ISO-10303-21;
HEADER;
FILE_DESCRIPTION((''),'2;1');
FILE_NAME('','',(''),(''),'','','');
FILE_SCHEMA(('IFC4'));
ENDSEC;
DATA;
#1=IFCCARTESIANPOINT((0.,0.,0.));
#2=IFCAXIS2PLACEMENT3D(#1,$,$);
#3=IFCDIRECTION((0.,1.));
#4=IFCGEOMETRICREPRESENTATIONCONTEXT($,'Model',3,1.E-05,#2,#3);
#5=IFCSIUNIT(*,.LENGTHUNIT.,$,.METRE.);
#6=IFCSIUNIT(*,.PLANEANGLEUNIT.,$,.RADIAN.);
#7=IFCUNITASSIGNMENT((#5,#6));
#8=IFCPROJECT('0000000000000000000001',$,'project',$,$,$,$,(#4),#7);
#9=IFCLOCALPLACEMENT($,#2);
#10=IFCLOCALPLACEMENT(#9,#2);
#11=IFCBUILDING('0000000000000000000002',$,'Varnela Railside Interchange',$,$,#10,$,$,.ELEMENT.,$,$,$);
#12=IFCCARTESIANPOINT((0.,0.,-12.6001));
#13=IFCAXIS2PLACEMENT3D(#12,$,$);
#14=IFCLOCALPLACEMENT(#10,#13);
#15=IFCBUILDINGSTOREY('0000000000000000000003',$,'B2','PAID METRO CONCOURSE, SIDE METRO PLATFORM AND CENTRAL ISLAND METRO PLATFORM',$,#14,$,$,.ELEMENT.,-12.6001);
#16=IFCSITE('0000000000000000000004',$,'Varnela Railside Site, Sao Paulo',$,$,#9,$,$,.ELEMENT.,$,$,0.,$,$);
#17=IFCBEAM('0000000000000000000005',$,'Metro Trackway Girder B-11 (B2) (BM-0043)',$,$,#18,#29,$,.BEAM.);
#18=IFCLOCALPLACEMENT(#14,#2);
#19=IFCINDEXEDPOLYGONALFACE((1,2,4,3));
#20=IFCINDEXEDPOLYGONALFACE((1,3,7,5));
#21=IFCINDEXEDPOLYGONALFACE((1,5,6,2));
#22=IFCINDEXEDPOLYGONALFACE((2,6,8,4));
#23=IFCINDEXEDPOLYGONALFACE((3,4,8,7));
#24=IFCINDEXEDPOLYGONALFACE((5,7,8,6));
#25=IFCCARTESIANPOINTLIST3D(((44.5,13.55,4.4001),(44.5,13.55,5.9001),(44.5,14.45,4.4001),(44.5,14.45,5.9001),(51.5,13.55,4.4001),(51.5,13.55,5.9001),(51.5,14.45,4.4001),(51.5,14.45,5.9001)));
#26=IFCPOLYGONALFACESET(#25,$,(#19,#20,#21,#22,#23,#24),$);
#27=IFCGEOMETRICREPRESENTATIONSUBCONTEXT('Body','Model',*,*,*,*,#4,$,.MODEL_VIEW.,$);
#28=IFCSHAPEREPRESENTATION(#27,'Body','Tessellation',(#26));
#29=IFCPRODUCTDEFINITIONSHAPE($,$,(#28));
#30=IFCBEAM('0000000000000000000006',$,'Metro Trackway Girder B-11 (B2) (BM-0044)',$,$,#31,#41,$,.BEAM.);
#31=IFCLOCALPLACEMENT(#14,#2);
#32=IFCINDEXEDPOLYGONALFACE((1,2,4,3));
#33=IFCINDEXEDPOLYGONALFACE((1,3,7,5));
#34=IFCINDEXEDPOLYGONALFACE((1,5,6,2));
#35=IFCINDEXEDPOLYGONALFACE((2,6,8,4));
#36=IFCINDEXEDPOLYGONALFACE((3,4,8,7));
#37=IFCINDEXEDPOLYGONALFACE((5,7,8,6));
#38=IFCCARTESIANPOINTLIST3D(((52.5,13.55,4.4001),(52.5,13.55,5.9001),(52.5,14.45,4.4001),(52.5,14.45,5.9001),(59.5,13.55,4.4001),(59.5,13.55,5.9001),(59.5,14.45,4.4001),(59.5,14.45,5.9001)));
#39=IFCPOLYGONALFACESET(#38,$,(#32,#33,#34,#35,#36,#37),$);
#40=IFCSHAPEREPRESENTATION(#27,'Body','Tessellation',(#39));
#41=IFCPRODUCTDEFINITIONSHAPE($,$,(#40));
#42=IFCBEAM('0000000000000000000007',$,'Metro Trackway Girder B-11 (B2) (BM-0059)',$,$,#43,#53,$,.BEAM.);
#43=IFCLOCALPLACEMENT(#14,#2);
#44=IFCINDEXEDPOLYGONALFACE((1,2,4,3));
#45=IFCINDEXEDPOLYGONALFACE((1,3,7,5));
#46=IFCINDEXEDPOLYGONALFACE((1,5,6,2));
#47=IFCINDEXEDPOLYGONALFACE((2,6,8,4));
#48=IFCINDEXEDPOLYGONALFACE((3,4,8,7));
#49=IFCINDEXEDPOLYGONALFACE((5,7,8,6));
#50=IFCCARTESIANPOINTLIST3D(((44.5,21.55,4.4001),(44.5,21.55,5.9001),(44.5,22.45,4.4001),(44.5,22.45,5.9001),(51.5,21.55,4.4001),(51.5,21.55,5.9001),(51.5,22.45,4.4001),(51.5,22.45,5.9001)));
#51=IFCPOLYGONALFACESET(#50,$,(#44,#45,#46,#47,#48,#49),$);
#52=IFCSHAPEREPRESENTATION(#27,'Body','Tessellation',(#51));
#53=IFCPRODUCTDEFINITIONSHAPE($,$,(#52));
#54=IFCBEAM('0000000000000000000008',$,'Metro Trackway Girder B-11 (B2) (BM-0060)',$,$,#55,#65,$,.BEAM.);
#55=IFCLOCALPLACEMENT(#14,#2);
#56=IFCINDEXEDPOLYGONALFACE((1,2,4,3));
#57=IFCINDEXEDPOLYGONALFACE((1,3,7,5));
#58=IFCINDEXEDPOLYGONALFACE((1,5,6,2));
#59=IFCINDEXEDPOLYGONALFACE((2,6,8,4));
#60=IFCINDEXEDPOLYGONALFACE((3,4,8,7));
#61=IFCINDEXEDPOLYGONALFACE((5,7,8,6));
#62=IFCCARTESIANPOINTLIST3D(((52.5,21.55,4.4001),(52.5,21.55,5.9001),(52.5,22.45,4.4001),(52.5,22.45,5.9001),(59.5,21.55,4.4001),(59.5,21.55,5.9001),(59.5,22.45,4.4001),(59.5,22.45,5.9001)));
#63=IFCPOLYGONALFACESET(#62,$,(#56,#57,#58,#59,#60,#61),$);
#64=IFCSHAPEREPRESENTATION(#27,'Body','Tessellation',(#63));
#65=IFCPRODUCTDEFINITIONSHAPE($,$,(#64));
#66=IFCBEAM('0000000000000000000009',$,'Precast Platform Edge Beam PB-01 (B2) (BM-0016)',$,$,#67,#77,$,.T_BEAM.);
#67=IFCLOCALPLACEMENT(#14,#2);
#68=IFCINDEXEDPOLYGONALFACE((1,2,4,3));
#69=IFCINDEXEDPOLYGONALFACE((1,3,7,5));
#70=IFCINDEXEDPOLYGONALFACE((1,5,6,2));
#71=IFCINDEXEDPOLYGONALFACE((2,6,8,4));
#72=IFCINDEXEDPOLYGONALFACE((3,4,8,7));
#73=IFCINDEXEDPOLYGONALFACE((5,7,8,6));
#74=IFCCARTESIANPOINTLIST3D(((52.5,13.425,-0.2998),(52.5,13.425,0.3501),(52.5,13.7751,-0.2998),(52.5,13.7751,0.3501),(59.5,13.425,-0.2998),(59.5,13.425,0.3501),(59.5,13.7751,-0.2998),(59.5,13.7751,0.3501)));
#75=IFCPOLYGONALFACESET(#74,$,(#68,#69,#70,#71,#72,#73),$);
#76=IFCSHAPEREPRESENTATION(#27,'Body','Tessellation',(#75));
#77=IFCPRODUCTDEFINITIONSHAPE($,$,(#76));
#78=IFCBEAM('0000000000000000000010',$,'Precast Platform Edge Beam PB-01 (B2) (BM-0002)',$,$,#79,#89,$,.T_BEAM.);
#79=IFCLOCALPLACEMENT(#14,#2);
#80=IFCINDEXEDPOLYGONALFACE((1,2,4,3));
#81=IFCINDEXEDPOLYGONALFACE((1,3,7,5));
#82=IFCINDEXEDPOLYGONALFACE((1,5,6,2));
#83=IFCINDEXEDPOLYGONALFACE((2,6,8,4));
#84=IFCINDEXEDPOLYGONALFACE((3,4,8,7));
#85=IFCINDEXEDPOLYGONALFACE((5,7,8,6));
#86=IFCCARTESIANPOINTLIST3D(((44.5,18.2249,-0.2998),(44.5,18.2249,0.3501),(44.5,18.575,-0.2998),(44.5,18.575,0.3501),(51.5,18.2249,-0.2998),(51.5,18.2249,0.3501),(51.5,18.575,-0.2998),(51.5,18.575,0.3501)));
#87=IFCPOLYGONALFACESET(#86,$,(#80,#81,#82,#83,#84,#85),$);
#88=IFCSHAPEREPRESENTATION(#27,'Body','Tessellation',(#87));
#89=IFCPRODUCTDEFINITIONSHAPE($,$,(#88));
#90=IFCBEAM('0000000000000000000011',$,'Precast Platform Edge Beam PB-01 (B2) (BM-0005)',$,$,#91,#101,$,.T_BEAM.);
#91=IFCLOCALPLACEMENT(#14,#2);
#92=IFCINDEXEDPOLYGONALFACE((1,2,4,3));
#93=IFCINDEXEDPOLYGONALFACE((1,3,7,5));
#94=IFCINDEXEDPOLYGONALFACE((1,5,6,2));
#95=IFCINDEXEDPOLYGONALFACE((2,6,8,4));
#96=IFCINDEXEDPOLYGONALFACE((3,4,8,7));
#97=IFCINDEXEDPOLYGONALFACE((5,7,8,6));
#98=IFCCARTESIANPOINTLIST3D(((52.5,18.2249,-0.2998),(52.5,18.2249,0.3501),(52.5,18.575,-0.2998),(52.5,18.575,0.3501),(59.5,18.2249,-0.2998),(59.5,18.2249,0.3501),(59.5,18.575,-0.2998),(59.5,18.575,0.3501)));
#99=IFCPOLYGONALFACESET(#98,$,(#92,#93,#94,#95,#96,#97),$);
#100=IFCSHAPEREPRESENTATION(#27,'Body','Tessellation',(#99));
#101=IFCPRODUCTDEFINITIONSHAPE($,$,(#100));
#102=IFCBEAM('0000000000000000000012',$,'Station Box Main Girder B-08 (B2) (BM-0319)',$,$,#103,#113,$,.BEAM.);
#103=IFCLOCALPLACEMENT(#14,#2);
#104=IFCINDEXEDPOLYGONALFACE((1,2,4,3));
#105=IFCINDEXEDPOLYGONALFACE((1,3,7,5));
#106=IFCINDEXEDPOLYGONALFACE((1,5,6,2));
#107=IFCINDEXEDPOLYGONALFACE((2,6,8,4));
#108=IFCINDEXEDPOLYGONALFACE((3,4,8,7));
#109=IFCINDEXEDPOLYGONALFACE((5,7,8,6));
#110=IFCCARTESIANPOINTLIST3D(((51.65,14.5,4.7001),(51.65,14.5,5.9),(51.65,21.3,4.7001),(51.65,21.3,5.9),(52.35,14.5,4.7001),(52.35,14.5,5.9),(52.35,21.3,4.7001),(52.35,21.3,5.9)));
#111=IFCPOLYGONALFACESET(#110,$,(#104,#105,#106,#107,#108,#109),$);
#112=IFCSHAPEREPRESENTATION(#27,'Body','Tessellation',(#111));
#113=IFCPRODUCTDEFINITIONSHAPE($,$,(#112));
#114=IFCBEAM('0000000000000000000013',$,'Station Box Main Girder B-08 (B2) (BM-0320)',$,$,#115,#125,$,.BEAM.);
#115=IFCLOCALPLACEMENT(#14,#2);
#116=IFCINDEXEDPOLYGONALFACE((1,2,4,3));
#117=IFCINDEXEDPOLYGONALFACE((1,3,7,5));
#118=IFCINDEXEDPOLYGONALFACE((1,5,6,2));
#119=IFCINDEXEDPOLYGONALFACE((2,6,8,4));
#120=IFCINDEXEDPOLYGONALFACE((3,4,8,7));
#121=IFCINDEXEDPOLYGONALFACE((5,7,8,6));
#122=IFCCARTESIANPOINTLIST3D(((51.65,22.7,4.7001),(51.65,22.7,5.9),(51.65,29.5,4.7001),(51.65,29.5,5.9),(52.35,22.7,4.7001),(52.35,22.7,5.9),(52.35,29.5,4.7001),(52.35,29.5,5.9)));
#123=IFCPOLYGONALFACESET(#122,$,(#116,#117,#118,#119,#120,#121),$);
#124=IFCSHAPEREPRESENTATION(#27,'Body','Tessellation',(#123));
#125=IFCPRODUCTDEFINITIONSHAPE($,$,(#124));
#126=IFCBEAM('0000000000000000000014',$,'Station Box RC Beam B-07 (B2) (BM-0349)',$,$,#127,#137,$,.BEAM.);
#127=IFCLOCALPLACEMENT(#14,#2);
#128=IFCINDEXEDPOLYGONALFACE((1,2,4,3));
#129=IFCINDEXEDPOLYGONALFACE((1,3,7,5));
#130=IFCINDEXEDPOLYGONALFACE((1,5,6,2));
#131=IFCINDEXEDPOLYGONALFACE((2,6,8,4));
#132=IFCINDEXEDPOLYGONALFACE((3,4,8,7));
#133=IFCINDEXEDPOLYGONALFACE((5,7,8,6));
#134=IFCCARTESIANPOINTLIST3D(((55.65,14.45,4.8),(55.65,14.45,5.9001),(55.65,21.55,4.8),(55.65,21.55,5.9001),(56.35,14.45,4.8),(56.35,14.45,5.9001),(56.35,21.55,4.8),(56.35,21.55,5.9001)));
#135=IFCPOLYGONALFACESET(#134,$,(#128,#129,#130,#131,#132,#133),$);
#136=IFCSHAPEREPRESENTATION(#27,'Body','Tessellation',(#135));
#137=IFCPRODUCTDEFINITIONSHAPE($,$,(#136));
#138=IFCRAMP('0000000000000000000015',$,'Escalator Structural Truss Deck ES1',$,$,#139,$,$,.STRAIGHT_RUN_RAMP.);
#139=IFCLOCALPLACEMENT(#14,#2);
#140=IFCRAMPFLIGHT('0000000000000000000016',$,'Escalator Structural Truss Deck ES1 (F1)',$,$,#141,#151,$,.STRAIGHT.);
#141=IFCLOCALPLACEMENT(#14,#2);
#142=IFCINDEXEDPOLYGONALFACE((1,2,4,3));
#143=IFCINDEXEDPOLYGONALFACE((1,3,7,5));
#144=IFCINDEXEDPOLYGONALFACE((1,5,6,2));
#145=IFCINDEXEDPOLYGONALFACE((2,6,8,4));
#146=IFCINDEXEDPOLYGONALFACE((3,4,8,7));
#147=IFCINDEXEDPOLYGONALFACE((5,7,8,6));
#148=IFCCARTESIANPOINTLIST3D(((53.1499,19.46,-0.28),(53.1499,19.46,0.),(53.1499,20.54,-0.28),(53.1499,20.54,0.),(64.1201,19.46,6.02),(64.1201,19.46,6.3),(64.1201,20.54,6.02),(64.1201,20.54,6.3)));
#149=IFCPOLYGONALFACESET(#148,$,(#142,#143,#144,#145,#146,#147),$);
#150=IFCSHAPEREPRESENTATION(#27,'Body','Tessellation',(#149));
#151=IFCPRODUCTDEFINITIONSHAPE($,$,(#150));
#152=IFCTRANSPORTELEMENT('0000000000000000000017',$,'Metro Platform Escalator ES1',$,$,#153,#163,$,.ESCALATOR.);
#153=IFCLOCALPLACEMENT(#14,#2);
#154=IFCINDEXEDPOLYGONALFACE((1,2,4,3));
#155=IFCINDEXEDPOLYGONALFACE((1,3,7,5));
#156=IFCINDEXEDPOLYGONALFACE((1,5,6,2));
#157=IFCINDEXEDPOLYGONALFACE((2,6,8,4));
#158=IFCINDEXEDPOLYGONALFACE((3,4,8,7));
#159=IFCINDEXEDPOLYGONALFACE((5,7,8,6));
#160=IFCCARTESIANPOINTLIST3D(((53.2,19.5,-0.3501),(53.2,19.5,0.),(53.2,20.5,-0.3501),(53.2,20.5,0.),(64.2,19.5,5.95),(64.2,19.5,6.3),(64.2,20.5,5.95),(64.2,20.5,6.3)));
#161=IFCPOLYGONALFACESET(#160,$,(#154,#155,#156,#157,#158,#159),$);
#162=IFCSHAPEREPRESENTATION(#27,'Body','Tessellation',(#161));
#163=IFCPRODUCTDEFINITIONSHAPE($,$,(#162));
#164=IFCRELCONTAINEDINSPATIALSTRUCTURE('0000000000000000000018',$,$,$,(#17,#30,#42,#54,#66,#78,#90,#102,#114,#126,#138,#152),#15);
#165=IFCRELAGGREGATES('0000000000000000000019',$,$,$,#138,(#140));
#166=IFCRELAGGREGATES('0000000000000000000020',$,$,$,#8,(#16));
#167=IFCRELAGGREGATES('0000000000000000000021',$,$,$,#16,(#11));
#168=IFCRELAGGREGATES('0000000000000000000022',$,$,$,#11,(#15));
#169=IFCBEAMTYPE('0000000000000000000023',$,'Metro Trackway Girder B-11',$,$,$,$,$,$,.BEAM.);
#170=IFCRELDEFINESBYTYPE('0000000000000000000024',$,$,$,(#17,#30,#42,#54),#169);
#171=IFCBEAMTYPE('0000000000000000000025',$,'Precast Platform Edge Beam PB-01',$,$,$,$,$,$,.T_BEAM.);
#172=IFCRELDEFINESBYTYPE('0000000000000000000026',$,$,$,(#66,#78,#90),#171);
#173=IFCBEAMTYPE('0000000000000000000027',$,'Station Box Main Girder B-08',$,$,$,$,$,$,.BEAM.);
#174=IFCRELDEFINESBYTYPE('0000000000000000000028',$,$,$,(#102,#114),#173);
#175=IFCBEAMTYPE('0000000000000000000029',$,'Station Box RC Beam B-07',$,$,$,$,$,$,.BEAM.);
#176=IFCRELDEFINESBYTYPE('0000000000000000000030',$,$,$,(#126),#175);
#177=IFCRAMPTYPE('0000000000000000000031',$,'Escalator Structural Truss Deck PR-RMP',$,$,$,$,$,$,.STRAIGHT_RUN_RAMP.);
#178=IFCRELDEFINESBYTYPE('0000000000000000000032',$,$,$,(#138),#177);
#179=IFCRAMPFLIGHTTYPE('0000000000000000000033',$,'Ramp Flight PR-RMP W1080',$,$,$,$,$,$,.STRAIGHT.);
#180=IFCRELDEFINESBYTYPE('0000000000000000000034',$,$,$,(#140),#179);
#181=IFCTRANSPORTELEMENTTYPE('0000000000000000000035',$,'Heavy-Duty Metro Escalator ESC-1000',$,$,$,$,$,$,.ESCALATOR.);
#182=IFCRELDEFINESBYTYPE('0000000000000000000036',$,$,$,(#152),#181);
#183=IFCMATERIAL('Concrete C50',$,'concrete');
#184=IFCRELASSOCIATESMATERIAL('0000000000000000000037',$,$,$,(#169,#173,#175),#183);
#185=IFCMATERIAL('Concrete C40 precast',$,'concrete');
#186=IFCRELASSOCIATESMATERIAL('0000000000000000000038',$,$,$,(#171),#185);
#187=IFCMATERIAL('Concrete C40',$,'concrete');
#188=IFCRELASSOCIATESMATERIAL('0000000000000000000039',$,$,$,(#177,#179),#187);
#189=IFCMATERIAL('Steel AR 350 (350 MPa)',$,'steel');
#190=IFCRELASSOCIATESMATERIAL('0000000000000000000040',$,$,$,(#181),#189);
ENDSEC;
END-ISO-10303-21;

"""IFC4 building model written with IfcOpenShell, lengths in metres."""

from ifc_helpers import new_model, si_unit, direction, frame, origin, origin_2d, place, context, subcontext, project, spatial, polyline, rectangle, outline, extrude, material, material_profile, profile_set, type_object, element, aggregate, save


model = new_model("IFC4")

# Units and contexts
model_context = context("Model", 3, precision=1e-05, world=origin(), true_north=direction((0.0, 1.0)))
body_context = subcontext(model_context, "Body", "Model", "MODEL_VIEW")
ifc_project = project(units=[si_unit("LENGTHUNIT", "METRE"), si_unit("PLANEANGLEUNIT", "RADIAN")], contexts=[model_context])

# Site, building, storey
site_placement = place(None, origin())
site = spatial("IfcSite", under=ifc_project, at=site_placement, Name="Varnela Railside Site, Sao Paulo", CompositionType="ELEMENT", RefElevation=0.0)
building_placement = place(site_placement, origin())
building = spatial("IfcBuilding", under=site, at=building_placement, Name="Varnela Railside Interchange", CompositionType="ELEMENT")
storey_placement = place(building_placement, frame((0.0, 0.0, -12.6001)))
storey = spatial("IfcBuildingStorey", under=building, at=storey_placement, Name="B2", Description="PAID METRO CONCOURSE, SIDE METRO PLATFORM AND CENTRAL ISLAND METRO PLATFORM", CompositionType="ELEMENT", Elevation=-12.6001)

# Shared definitions
ifc_material_1 = material(Name="Concrete C40", Category="concrete")

# Shared definitions
ifc_material_2 = material(Name="Concrete C50", Category="concrete")

# Beams
ifc_material_profile_1 = material_profile(ifc_material_2, rectangle(XDim=0.8999, YDim=1.5, at=origin_2d()), Name="RC 900x1500")
ifc_profile_set_1 = profile_set([ifc_material_profile_1], Name="Concrete C50")
beam_type_1 = type_object("IfcBeamType", Name="Metro Trackway Girder B-11", PredefinedType="BEAM", material=ifc_profile_set_1)
for number, where, z_axis, x_axis, name in (
    (1, (44.5, 14.0, 5.1501), (1.0, 0.0, 0.0), (0.0, 1.0, 0.0), "Metro Trackway Girder B-11 (B2) (BM-0043)"),
    (2, (52.5, 14.0, 5.1501), (1.0, 0.0, 0.0), (0.0, 1.0, 0.0), "Metro Trackway Girder B-11 (B2) (BM-0044)"),
    (3, (44.5, 22.0, 5.1501), (1.0, 0.0, 0.0), (0.0, 1.0, 0.0), "Metro Trackway Girder B-11 (B2) (BM-0059)"),
    (4, (52.5, 22.0, 5.1501), (1.0, 0.0, 0.0), (0.0, 1.0, 0.0), "Metro Trackway Girder B-11 (B2) (BM-0060)"),
):
    element("IfcBeam", number, at=place(storey_placement, frame(where, z_axis=z_axis, x_axis=x_axis)), inside=storey, type_object=beam_type_1, Name=name, PredefinedType="BEAM", context=body_context, shape_type="SweptSolid", body=[
        extrude(rectangle(XDim=0.8999, YDim=1.5, at=origin_2d()), origin(), (0.0, 0.0, 1.0), 7.0),
    ])
ifc_material_3 = material(Name="Concrete C40 precast", Category="concrete")
ifc_material_profile_2 = material_profile(ifc_material_3, rectangle(XDim=0.3501, YDim=0.6499, at=origin_2d()), Name="PC 350x650")
ifc_profile_set_2 = profile_set([ifc_material_profile_2], Name="Concrete C40 precast")
beam_type_2 = type_object("IfcBeamType", Name="Precast Platform Edge Beam PB-01", PredefinedType="T_BEAM", material=ifc_profile_set_2)
for number, where, z_axis, x_axis, name in (
    (5, (52.5, 13.6001, 0.0251), (1.0, 0.0, 0.0), (0.0, 1.0, 0.0), "Precast Platform Edge Beam PB-01 (B2) (BM-0016)"),
    (6, (44.5, 18.3999, 0.0251), (1.0, 0.0, 0.0), (0.0, 1.0, 0.0), "Precast Platform Edge Beam PB-01 (B2) (BM-0002)"),
    (7, (52.5, 18.3999, 0.0251), (1.0, 0.0, 0.0), (0.0, 1.0, 0.0), "Precast Platform Edge Beam PB-01 (B2) (BM-0005)"),
):
    element("IfcBeam", number, at=place(storey_placement, frame(where, z_axis=z_axis, x_axis=x_axis)), inside=storey, type_object=beam_type_2, Name=name, PredefinedType="T_BEAM", context=body_context, shape_type="SweptSolid", body=[
        extrude(rectangle(XDim=0.3501, YDim=0.6499, at=origin_2d()), origin(), (0.0, 0.0, 1.0), 7.0),
    ])
ifc_material_profile_3 = material_profile(ifc_material_2, rectangle(XDim=0.7, YDim=1.2, at=origin_2d()), Name="RC 700x1200")
ifc_profile_set_3 = profile_set([ifc_material_profile_3], Name="Concrete C50")
beam_type_3 = type_object("IfcBeamType", Name="Station Box Main Girder B-08", PredefinedType="BEAM", material=ifc_profile_set_3)
for number, where, z_axis, x_axis, name in (
    (8, (52.0, 14.5, 5.3), (0.0, 1.0, 0.0), (-1.0, 0.0, 0.0), "Station Box Main Girder B-08 (B2) (BM-0319)"),
    (9, (52.0, 22.7, 5.3), (0.0, 1.0, 0.0), (-1.0, 0.0, 0.0), "Station Box Main Girder B-08 (B2) (BM-0320)"),
):
    element("IfcBeam", number, at=place(storey_placement, frame(where, z_axis=z_axis, x_axis=x_axis)), inside=storey, type_object=beam_type_3, Name=name, PredefinedType="BEAM", context=body_context, shape_type="SweptSolid", body=[
        extrude(rectangle(XDim=0.7, YDim=1.2, at=origin_2d()), origin(), (0.0, 0.0, 1.0), 6.8),
    ])
ifc_material_profile_4 = material_profile(ifc_material_2, rectangle(XDim=0.7, YDim=1.1001, at=origin_2d()), Name="RC 700x1100")
ifc_profile_set_4 = profile_set([ifc_material_profile_4], Name="Concrete C50")
beam_type_4 = type_object("IfcBeamType", Name="Station Box RC Beam B-07", PredefinedType="BEAM", material=ifc_profile_set_4)
beam_placement = place(storey_placement, frame((56.0, 14.45, 5.3501), z_axis=(0.0, 1.0, 0.0), x_axis=(-1.0, 0.0, 0.0)))
element("IfcBeam", 10, at=beam_placement, inside=storey, type_object=beam_type_4, Name="Station Box RC Beam B-07 (B2) (BM-0349)", PredefinedType="BEAM", context=body_context, shape_type="SweptSolid", body=[
    extrude(rectangle(XDim=0.7, YDim=1.1001, at=origin_2d()), origin(), (0.0, 0.0, 1.0), 7.1001),
])

# Ramp, ramp flight
ramp_type = type_object("IfcRampType", Name="Escalator Structural Truss Deck PR-RMP", PredefinedType="STRAIGHT_RUN_RAMP", material=ifc_material_1)
ramp_placement = place(storey_placement, origin())
ramp = element("IfcRamp", 11, at=ramp_placement, inside=storey, type_object=ramp_type, Name="Escalator Structural Truss Deck ES1", PredefinedType="STRAIGHT_RUN_RAMP")
ramp_flight_type = type_object("IfcRampFlightType", Name="Ramp Flight PR-RMP W1080", PredefinedType="STRAIGHT", material=ifc_material_1)
ramp_flight_placement = place(storey_placement, frame((53.1499, 20.0, 0.0), z_axis=(0.0, 0.0, 1.0), x_axis=(1.0, 0.0, 0.0)))
ramp_flight = element("IfcRampFlight", 12, at=ramp_flight_placement, type_object=ramp_flight_type, Name="Escalator Structural Truss Deck ES1 (F1)", PredefinedType="STRAIGHT", context=body_context, shape_type="SweptSolid", body=[
    extrude(outline(polyline([(0.0, -0.28), (10.9702, 6.02), (10.9702, 6.3), (0.0, 0.0), (0.0, -0.28)])), frame((0.0, 0.54, 0.0), z_axis=(0.0, -1.0, 0.0), x_axis=(1.0, 0.0, 0.0)), (0.0, 0.0, 1.0), 1.0801),
])
aggregate(ramp, [ramp_flight])

# Transport element
ifc_material_4 = material(Name="Steel AR 350 (350 MPa)", Category="steel")
transport_element_type = type_object("IfcTransportElementType", Name="Heavy-Duty Metro Escalator ESC-1000", PredefinedType="ESCALATOR", material=ifc_material_4)
transport_element_placement = place(storey_placement, frame((53.2, 20.0, 0.0), z_axis=(0.0, 0.0, 1.0), x_axis=(1.0, 0.0, 0.0)))
element("IfcTransportElement", 13, at=transport_element_placement, inside=storey, type_object=transport_element_type, Name="Metro Platform Escalator ES1", PredefinedType="ESCALATOR", context=body_context, shape_type="SweptSolid", body=[
    extrude(outline(polyline([(0.0, -0.3501), (11.0, 5.95), (11.0, 6.3), (0.0, 0.0), (0.0, -0.3501)])), frame((0.0, 0.5, 0.0), z_axis=(0.0, -1.0, 0.0), x_axis=(1.0, 0.0, 0.0)), (0.0, 0.0, 1.0), 1.0),
])

save(model, "model.ifc")
